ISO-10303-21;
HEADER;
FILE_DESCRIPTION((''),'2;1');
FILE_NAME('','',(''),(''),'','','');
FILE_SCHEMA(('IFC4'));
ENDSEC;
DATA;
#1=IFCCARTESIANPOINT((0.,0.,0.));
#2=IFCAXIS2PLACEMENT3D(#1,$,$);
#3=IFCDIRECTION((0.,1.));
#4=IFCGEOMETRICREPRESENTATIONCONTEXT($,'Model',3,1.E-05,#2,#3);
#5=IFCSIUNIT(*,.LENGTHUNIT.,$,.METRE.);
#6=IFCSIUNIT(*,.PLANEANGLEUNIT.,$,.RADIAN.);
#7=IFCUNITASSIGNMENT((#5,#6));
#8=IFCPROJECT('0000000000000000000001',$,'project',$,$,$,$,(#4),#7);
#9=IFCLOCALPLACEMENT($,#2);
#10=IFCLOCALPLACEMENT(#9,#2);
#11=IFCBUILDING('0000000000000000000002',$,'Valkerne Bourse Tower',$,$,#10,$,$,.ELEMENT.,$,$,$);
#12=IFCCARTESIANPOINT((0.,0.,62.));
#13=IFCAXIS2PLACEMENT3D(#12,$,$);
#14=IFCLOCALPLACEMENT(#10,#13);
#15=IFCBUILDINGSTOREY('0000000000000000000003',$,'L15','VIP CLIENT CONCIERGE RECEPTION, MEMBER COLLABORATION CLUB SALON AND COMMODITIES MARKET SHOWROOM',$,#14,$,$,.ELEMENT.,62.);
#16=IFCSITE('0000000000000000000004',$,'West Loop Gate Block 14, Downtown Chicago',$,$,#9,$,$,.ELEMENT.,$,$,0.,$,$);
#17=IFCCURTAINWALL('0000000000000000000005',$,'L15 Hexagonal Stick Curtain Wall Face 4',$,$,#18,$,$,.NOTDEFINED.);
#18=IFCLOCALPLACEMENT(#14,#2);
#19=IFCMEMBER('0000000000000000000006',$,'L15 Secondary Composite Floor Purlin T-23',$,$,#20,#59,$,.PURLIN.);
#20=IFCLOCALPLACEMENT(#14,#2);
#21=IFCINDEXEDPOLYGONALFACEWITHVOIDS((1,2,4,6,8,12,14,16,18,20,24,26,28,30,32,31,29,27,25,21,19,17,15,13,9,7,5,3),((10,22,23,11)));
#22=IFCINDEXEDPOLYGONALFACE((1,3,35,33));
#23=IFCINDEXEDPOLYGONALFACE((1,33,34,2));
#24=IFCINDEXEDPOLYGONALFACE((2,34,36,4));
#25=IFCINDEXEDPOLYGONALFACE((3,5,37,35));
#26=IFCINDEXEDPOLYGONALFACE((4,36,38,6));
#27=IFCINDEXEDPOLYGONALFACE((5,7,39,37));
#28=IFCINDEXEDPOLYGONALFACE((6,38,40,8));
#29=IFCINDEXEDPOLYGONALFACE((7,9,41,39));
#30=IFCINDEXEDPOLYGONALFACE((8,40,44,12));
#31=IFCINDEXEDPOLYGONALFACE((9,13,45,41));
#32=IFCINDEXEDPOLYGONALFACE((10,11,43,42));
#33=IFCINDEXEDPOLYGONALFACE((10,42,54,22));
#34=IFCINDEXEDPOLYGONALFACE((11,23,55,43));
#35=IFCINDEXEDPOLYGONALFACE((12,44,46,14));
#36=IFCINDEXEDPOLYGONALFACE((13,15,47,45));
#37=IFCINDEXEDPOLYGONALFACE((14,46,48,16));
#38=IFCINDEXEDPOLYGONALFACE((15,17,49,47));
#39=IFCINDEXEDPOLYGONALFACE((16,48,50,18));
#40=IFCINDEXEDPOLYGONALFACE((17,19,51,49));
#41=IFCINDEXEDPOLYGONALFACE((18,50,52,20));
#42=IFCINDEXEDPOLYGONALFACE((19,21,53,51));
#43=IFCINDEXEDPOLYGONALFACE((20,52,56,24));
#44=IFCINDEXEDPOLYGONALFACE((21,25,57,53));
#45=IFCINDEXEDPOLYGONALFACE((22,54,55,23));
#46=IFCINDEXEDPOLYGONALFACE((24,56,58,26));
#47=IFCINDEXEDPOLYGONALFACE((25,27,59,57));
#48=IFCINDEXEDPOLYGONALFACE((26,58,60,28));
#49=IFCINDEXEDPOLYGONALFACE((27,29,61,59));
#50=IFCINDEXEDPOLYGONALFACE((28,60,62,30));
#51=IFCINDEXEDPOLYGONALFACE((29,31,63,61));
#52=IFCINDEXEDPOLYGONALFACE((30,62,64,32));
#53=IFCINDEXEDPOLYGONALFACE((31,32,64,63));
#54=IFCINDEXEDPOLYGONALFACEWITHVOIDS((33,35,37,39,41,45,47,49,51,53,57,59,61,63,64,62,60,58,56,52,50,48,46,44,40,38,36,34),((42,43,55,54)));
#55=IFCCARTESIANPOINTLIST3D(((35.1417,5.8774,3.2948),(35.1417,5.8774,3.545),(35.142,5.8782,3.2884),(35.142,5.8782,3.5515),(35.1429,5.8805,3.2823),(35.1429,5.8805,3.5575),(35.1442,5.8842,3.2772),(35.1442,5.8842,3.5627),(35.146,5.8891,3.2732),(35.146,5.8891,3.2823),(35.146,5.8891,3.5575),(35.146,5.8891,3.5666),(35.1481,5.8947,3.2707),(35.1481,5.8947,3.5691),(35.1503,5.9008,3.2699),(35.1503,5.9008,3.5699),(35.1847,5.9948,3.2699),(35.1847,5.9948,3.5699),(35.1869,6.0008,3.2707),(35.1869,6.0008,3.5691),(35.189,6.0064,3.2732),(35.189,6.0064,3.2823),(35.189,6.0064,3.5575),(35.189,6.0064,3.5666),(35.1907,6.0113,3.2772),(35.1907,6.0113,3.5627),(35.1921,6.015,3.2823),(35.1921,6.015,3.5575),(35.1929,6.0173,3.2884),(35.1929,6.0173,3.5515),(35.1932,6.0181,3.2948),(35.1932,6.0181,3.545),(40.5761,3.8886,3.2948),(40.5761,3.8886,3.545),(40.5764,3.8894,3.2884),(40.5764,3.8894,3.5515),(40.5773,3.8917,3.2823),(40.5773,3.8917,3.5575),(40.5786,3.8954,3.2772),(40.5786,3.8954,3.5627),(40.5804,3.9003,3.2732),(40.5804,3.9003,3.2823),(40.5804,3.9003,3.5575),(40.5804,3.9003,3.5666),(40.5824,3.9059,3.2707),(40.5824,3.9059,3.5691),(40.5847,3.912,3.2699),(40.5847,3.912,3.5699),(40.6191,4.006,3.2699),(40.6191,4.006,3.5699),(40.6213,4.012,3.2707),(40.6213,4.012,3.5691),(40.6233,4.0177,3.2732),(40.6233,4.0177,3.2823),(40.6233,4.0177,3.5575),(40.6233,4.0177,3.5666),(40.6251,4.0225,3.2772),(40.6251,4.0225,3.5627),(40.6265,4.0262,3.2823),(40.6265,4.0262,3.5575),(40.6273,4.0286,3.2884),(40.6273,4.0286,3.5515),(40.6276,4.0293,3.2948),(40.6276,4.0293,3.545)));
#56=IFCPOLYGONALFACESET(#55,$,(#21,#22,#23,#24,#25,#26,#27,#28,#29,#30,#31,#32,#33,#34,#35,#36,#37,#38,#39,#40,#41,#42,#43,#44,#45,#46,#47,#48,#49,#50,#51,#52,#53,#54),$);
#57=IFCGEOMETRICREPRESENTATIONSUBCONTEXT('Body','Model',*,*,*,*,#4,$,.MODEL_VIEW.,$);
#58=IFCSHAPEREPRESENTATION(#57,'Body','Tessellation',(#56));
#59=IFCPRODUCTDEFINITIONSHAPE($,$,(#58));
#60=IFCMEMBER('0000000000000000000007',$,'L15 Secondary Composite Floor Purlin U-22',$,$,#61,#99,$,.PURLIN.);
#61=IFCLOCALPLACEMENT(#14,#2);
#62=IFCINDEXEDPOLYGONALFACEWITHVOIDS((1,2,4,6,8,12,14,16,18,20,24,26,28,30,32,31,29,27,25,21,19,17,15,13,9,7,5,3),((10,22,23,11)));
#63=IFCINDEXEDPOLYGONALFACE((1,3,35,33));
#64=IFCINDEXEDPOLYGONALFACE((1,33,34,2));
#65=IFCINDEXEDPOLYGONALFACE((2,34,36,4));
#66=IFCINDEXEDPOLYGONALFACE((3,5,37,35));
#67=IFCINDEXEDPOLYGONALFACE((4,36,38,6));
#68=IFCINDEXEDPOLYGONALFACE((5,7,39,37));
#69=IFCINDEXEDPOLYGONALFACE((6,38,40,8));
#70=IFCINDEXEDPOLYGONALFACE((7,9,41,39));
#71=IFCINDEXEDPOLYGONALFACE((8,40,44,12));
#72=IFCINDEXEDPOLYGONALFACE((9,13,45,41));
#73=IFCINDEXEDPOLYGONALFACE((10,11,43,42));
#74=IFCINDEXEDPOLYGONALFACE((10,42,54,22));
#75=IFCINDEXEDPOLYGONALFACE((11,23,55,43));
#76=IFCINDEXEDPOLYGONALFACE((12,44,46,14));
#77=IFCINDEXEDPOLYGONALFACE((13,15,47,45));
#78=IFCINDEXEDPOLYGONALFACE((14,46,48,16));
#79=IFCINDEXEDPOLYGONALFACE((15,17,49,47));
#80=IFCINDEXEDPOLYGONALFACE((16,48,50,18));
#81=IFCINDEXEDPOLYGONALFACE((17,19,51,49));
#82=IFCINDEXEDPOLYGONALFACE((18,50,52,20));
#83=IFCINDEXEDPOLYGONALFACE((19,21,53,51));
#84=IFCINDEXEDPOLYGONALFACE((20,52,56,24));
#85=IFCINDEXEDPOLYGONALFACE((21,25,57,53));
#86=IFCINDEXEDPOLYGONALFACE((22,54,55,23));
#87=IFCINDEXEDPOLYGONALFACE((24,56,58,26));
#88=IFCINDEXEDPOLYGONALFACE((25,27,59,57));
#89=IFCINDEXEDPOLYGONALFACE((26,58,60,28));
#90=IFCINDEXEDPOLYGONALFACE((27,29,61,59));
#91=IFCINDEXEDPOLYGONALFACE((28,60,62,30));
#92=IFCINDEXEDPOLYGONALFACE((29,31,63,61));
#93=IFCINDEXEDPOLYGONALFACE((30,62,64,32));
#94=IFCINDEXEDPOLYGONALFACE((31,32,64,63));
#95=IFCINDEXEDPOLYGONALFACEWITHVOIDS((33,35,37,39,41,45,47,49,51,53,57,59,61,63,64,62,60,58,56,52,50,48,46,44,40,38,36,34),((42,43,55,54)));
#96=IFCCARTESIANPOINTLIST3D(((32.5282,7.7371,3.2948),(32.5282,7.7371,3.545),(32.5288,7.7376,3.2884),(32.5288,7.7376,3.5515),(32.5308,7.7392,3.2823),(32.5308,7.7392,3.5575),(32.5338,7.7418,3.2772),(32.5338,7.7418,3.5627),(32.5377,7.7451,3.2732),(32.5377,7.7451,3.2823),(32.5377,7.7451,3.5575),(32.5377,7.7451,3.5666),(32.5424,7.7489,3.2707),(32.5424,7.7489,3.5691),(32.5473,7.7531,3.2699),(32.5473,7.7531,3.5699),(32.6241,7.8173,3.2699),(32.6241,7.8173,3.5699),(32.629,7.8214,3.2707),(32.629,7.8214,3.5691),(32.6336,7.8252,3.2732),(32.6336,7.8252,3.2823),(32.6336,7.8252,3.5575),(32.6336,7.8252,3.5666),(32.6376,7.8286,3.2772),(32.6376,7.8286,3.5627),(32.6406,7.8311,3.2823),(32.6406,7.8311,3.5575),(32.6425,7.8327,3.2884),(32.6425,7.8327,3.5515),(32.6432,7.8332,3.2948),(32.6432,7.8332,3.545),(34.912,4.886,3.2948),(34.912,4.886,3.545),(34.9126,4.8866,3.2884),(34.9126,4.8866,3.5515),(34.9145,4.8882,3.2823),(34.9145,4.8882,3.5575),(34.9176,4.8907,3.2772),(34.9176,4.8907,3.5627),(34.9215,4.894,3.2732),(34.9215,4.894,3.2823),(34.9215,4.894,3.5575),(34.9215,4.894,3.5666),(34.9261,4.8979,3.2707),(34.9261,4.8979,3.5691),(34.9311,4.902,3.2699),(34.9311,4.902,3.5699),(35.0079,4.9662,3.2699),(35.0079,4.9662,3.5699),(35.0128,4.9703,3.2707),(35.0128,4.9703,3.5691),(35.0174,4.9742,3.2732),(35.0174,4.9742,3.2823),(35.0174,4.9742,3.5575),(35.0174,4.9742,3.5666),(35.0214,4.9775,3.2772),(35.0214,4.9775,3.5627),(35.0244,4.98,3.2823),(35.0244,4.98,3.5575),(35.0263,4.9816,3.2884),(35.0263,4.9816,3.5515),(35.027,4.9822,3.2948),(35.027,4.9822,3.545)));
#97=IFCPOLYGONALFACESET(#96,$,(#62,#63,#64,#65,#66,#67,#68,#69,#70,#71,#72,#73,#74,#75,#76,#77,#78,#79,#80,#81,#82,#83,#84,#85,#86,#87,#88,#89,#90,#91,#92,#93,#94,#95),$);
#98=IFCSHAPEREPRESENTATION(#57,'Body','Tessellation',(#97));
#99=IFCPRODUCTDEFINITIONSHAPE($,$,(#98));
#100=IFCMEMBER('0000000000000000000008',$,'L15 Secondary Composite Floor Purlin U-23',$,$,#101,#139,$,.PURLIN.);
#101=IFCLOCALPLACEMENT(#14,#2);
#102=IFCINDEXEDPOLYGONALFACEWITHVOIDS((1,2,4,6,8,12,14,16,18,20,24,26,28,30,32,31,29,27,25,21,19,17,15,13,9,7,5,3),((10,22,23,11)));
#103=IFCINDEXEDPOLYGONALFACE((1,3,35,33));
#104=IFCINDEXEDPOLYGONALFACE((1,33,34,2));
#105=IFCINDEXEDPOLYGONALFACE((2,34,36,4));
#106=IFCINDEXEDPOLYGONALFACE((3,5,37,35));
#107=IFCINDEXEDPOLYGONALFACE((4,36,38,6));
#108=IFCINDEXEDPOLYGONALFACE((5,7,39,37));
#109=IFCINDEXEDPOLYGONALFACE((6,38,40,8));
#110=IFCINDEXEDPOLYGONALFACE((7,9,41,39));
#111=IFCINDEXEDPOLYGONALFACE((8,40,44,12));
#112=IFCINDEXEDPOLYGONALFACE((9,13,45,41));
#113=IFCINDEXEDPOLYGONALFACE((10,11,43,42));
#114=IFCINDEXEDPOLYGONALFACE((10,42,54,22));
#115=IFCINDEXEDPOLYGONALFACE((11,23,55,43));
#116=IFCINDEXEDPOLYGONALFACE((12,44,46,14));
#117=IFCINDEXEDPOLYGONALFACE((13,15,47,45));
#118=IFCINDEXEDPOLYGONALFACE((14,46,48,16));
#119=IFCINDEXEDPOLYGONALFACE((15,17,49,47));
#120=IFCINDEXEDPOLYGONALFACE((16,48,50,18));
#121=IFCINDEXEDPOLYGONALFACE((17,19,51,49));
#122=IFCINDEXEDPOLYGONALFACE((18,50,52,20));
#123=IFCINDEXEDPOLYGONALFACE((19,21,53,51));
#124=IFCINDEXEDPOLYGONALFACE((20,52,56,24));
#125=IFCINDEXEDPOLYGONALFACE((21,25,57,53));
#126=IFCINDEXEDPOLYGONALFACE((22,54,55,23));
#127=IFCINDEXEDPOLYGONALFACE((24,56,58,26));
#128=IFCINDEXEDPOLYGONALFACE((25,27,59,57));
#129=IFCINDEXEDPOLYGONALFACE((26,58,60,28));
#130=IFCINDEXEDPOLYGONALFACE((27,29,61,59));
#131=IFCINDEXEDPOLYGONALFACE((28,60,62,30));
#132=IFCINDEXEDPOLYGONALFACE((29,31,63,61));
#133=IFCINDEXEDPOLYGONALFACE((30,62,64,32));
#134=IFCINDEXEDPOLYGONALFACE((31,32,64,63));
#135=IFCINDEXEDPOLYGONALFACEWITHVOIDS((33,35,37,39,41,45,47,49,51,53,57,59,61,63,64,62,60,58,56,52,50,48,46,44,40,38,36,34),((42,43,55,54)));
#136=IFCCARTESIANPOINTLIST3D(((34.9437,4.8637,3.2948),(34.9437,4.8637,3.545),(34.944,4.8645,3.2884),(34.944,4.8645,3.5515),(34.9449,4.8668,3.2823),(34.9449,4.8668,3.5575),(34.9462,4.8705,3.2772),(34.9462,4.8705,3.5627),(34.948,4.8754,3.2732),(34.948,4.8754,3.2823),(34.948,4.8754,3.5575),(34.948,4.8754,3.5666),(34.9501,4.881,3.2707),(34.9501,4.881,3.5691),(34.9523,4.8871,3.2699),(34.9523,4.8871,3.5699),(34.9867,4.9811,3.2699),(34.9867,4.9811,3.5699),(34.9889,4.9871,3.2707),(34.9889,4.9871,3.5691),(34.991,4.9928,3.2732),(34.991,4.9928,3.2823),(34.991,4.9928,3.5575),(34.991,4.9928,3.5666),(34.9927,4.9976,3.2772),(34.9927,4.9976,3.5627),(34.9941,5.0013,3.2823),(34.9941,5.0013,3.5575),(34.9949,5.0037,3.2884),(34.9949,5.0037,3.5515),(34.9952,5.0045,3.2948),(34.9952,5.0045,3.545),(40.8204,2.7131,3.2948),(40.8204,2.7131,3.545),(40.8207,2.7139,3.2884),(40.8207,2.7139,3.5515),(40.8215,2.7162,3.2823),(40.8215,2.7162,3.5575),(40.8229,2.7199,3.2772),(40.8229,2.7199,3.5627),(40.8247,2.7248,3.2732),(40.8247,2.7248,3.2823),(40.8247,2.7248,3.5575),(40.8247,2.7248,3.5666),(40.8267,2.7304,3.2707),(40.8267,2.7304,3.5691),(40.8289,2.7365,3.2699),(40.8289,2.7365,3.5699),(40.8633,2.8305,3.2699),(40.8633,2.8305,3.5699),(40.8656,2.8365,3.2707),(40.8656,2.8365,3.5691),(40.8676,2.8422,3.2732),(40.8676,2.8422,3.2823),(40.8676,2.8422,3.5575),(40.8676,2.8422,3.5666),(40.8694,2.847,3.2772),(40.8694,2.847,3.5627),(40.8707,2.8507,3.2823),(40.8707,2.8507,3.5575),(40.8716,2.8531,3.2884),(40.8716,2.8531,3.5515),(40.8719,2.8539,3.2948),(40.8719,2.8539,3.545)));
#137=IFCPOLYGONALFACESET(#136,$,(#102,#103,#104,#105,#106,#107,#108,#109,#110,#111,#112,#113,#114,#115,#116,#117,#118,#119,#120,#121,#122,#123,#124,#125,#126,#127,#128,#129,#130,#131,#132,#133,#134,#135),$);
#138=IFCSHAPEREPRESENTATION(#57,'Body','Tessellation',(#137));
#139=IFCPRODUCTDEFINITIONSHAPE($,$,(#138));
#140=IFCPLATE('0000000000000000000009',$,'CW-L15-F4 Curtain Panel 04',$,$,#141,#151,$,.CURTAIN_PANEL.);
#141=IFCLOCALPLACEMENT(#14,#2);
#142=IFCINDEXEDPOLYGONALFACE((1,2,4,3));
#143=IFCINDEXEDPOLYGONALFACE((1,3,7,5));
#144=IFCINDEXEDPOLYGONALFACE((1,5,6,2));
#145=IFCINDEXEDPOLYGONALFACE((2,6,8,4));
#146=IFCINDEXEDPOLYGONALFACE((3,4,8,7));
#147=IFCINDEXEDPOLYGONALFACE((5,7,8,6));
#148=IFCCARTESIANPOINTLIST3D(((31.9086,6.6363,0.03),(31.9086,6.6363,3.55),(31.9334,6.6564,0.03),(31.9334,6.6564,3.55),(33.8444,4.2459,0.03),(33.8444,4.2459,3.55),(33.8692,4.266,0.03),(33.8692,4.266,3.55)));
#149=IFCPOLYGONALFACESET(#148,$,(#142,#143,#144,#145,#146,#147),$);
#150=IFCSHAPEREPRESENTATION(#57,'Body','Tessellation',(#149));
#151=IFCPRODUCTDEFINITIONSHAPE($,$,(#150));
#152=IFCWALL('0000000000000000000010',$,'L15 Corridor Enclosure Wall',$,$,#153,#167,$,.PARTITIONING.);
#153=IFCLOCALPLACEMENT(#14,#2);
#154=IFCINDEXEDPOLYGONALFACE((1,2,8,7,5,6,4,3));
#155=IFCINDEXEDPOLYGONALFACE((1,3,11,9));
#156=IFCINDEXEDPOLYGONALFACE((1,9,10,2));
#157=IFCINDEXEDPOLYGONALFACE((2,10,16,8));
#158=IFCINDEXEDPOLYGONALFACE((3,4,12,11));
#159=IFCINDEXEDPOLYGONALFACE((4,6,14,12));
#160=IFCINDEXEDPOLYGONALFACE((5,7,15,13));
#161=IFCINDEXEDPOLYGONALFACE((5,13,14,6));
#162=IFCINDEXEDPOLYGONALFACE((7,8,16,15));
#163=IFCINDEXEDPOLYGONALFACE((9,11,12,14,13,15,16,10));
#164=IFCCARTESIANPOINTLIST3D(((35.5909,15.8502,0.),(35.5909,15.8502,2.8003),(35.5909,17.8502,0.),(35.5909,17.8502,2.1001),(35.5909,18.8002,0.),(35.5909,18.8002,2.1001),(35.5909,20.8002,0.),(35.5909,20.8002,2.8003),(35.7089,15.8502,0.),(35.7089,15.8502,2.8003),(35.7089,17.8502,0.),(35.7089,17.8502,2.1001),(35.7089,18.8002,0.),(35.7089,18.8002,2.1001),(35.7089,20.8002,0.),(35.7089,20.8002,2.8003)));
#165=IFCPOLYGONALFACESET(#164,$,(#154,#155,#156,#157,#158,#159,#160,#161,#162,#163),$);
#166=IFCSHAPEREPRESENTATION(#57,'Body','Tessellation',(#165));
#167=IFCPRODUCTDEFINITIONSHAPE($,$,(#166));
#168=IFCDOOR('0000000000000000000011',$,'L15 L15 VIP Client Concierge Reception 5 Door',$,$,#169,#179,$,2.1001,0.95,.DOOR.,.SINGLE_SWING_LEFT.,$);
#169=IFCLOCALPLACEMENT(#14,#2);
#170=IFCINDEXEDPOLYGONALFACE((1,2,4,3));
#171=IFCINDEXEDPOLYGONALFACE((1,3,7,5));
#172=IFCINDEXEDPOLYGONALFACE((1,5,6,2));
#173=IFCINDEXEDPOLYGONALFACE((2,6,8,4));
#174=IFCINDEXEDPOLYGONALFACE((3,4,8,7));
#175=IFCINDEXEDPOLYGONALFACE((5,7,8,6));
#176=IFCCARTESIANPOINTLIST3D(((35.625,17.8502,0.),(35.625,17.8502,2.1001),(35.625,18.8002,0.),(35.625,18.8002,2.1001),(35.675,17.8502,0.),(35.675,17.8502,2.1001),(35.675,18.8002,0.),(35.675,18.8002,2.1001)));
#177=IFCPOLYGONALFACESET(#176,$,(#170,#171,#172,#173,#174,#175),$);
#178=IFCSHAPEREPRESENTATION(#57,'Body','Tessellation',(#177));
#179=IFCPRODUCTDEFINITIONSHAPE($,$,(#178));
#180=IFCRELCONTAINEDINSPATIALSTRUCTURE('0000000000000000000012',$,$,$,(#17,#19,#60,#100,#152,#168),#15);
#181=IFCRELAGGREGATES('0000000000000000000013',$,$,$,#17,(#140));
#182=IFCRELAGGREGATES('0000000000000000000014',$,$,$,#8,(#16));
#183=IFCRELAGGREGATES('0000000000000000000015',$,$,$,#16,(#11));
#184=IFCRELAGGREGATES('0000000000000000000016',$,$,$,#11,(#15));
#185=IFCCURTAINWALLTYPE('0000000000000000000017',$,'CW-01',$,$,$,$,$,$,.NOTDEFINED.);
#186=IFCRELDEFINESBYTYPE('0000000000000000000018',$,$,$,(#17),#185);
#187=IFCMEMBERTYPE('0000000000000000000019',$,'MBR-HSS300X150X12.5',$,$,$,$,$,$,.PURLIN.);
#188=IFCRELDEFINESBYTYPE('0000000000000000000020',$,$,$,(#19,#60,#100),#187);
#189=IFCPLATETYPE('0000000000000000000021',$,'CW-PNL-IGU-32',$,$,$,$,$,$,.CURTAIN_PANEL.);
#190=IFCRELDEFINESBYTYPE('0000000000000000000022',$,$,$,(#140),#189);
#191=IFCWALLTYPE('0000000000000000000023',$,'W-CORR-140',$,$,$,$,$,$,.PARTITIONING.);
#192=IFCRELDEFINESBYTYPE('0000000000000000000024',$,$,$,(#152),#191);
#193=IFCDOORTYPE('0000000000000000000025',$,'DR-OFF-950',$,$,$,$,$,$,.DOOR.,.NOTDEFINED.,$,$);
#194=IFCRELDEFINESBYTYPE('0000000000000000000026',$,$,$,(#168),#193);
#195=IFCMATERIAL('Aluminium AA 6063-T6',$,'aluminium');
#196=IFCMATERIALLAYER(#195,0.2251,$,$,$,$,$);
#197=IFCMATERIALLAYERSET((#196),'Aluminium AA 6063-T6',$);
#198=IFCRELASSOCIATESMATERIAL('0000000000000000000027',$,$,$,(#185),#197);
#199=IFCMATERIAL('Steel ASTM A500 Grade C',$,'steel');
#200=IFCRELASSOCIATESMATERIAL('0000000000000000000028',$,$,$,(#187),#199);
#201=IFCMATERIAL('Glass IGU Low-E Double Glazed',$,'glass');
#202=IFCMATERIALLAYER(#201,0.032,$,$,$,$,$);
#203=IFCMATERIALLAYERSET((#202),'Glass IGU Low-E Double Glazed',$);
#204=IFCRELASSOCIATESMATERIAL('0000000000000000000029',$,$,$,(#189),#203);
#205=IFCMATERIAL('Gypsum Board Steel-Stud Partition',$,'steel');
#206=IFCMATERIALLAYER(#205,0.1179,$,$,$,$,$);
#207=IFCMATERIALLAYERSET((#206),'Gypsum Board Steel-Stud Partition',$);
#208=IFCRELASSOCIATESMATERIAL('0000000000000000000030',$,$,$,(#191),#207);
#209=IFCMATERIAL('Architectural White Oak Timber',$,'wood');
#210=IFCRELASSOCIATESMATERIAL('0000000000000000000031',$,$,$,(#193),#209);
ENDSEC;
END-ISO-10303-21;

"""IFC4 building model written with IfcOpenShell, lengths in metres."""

from ifc_helpers import new_model, si_unit, direction, frame, frame_2d, origin, origin_2d, place, context, subcontext, project, spatial, rectangle, hollow_rectangle, extrude, material, layer, layer_set, material_profile, profile_set, type_object, element, fill, aggregate, save


model = new_model("IFC4")

# Units and contexts
model_context = context("Model", 3, precision=1e-05, world=origin(), true_north=direction((0.0, 1.0)))
body_context = subcontext(model_context, "Body", "Model", "MODEL_VIEW")
ifc_project = project(units=[si_unit("LENGTHUNIT", "METRE"), si_unit("PLANEANGLEUNIT", "RADIAN")], contexts=[model_context])

# Site, building, storey
site_placement = place(None, origin())
site = spatial("IfcSite", under=ifc_project, at=site_placement, Name="West Loop Gate Block 14, Downtown Chicago", CompositionType="ELEMENT", RefElevation=0.0)
building_placement = place(site_placement, origin())
building = spatial("IfcBuilding", under=site, at=building_placement, Name="Valkerne Bourse Tower", CompositionType="ELEMENT")
storey_placement = place(building_placement, frame((0.0, 0.0, 62.0)))
storey = spatial("IfcBuildingStorey", under=building, at=storey_placement, Name="L15", Description="VIP CLIENT CONCIERGE RECEPTION, MEMBER COLLABORATION CLUB SALON AND COMMODITIES MARKET SHOWROOM", CompositionType="ELEMENT", Elevation=62.0)

# Curtain wall
ifc_material_1 = material(Name="Aluminium AA 6063-T6", Category="aluminium")
ifc_layer_1 = layer(ifc_material_1, 0.2251)
ifc_layer_set_1 = layer_set([ifc_layer_1], Name="Aluminium AA 6063-T6")
curtain_wall_type = type_object("IfcCurtainWallType", Name="CW-01", PredefinedType="NOTDEFINED", material=ifc_layer_set_1)
curtain_wall_placement = place(storey_placement, origin())
curtain_wall = element("IfcCurtainWall", 1, at=curtain_wall_placement, inside=storey, type_object=curtain_wall_type, Name="L15 Hexagonal Stick Curtain Wall Face 4", PredefinedType="NOTDEFINED")

# Members
ifc_material_2 = material(Name="Steel ASTM A500 Grade C", Category="steel")
ifc_material_profile_1 = material_profile(ifc_material_2, hollow_rectangle(XDim=0.1499, YDim=0.3, WallThickness=0.0125, OuterFilletRadius=0.0249, at=origin_2d()), Name="HSS300X150X12.5")
ifc_profile_set_1 = profile_set([ifc_material_profile_1], Name="Steel ASTM A500 Grade C")
member_type_1 = type_object("IfcMemberType", Name="MBR-HSS300X150X12.5", PredefinedType="PURLIN", material=ifc_profile_set_1)
member_1_placement = place(storey_placement, frame((35.1675, 5.9478, 3.4199), z_axis=(0.939089, -0.343673, 0.0), x_axis=(0.343673, 0.939089, 0.0)))
element("IfcMember", 2, at=member_1_placement, inside=storey, type_object=member_type_1, Name="L15 Secondary Composite Floor Purlin T-23", PredefinedType="PURLIN", context=body_context, shape_type="SweptSolid", body=[
    extrude(hollow_rectangle(XDim=0.1499, YDim=0.3, WallThickness=0.0125, OuterFilletRadius=0.0249, at=origin_2d()), origin(), (0.0, 0.0, 1.0), 5.7869),
])
member_2_placement = place(storey_placement, frame((32.5857, 7.7852, 3.4199), z_axis=(0.641437, -0.767176, 0.0), x_axis=(0.767176, 0.641437, 0.0)))
element("IfcMember", 3, at=member_2_placement, inside=storey, type_object=member_type_1, Name="L15 Secondary Composite Floor Purlin U-22", PredefinedType="PURLIN", context=body_context, shape_type="SweptSolid", body=[
    extrude(hollow_rectangle(XDim=0.1499, YDim=0.3, WallThickness=0.0125, OuterFilletRadius=0.0249, at=origin_2d()), origin(), (0.0, 0.0, 1.0), 3.7163),
])
member_3_placement = place(storey_placement, frame((34.9695, 4.9341, 3.4199), z_axis=(0.939091, -0.343669, 0.0), x_axis=(0.343669, 0.939091, 0.0)))
element("IfcMember", 4, at=member_3_placement, inside=storey, type_object=member_type_1, Name="L15 Secondary Composite Floor Purlin U-23", PredefinedType="PURLIN", context=body_context, shape_type="SweptSolid", body=[
    extrude(hollow_rectangle(XDim=0.1499, YDim=0.3, WallThickness=0.0125, OuterFilletRadius=0.0249, at=origin_2d()), origin(), (0.0, 0.0, 1.0), 6.2578),
])

# Plate
ifc_material_3 = material(Name="Glass IGU Low-E Double Glazed", Category="glass")
ifc_layer_2 = layer(ifc_material_3, 0.032)
ifc_layer_set_2 = layer_set([ifc_layer_2], Name="Glass IGU Low-E Double Glazed")
plate_type = type_object("IfcPlateType", Name="CW-PNL-IGU-32", PredefinedType="CURTAIN_PANEL", material=ifc_layer_set_2)
plate_placement = place(storey_placement, frame((32.8889, 5.4512, 0.03), z_axis=(0.0, 0.0, 1.0), x_axis=(0.629335, -0.777134, 0.0)))
plate = element("IfcPlate", 5, at=plate_placement, type_object=plate_type, Name="CW-L15-F4 Curtain Panel 04", PredefinedType="CURTAIN_PANEL", context=body_context, shape_type="SweptSolid", body=[
    extrude(rectangle(XDim=3.0759, YDim=0.032, at=origin_2d()), origin(), (0.0, 0.0, 1.0), 3.52),
])
aggregate(curtain_wall, [plate])

# Wall, opening, door
ifc_material_4 = material(Name="Gypsum Board Steel-Stud Partition", Category="steel")
ifc_layer_3 = layer(ifc_material_4, 0.1179)
ifc_layer_set_3 = layer_set([ifc_layer_3], Name="Gypsum Board Steel-Stud Partition")
wall_type = type_object("IfcWallType", Name="W-CORR-140", PredefinedType="PARTITIONING", material=ifc_layer_set_3)
wall_placement = place(storey_placement, frame((35.6499, 15.8501, 0.0), z_axis=(0.0, 0.0, 1.0), x_axis=(0.0, 1.0, 0.0)))
wall = element("IfcWall", 6, at=wall_placement, inside=storey, type_object=wall_type, Name="L15 Corridor Enclosure Wall", PredefinedType="PARTITIONING", context=body_context, shape_type="SweptSolid", body=[
    extrude(rectangle(XDim=4.95, YDim=0.1179, at=frame_2d((2.4751, 0.0))), origin(), (0.0, 0.0, 1.0), 2.8003),
])
opening_placement = place(wall_placement, frame((2.0, 0.0, 0.0)))
opening = element("IfcOpeningElement", 7, at=opening_placement, cuts=wall, PredefinedType="OPENING", context=body_context, shape_type="SweptSolid", body=[
    extrude(rectangle(XDim=0.95, YDim=2.1001, at=frame_2d((0.4751, 1.05))), frame((0.0, 0.0688, 0.0), z_axis=(0.0, -1.0, 0.0), x_axis=(1.0, 0.0, 0.0)), (0.0, 0.0, 1.0), 0.1379),
])
ifc_material_5 = material(Name="Architectural White Oak Timber", Category="wood")
door_type = type_object("IfcDoorType", Name="DR-OFF-950", OperationType="NOTDEFINED", PredefinedType="DOOR", material=ifc_material_5)
door_placement = place(opening_placement, origin())
door = element("IfcDoor", 8, at=door_placement, inside=storey, type_object=door_type, Name="L15 L15 VIP Client Concierge Reception 5 Door", OperationType="SINGLE_SWING_LEFT", OverallHeight=2.1001, OverallWidth=0.95, PredefinedType="DOOR", context=body_context, shape_type="SweptSolid", body=[
    extrude(rectangle(XDim=0.95, YDim=2.1001, at=frame_2d((0.4751, 1.05))), frame((0.0, 0.0249, 0.0), z_axis=(0.0, -1.0, 0.0), x_axis=(1.0, 0.0, 0.0)), (0.0, 0.0, 1.0), 0.05),
])
fill(opening, door)

save(model, "model.ifc")
